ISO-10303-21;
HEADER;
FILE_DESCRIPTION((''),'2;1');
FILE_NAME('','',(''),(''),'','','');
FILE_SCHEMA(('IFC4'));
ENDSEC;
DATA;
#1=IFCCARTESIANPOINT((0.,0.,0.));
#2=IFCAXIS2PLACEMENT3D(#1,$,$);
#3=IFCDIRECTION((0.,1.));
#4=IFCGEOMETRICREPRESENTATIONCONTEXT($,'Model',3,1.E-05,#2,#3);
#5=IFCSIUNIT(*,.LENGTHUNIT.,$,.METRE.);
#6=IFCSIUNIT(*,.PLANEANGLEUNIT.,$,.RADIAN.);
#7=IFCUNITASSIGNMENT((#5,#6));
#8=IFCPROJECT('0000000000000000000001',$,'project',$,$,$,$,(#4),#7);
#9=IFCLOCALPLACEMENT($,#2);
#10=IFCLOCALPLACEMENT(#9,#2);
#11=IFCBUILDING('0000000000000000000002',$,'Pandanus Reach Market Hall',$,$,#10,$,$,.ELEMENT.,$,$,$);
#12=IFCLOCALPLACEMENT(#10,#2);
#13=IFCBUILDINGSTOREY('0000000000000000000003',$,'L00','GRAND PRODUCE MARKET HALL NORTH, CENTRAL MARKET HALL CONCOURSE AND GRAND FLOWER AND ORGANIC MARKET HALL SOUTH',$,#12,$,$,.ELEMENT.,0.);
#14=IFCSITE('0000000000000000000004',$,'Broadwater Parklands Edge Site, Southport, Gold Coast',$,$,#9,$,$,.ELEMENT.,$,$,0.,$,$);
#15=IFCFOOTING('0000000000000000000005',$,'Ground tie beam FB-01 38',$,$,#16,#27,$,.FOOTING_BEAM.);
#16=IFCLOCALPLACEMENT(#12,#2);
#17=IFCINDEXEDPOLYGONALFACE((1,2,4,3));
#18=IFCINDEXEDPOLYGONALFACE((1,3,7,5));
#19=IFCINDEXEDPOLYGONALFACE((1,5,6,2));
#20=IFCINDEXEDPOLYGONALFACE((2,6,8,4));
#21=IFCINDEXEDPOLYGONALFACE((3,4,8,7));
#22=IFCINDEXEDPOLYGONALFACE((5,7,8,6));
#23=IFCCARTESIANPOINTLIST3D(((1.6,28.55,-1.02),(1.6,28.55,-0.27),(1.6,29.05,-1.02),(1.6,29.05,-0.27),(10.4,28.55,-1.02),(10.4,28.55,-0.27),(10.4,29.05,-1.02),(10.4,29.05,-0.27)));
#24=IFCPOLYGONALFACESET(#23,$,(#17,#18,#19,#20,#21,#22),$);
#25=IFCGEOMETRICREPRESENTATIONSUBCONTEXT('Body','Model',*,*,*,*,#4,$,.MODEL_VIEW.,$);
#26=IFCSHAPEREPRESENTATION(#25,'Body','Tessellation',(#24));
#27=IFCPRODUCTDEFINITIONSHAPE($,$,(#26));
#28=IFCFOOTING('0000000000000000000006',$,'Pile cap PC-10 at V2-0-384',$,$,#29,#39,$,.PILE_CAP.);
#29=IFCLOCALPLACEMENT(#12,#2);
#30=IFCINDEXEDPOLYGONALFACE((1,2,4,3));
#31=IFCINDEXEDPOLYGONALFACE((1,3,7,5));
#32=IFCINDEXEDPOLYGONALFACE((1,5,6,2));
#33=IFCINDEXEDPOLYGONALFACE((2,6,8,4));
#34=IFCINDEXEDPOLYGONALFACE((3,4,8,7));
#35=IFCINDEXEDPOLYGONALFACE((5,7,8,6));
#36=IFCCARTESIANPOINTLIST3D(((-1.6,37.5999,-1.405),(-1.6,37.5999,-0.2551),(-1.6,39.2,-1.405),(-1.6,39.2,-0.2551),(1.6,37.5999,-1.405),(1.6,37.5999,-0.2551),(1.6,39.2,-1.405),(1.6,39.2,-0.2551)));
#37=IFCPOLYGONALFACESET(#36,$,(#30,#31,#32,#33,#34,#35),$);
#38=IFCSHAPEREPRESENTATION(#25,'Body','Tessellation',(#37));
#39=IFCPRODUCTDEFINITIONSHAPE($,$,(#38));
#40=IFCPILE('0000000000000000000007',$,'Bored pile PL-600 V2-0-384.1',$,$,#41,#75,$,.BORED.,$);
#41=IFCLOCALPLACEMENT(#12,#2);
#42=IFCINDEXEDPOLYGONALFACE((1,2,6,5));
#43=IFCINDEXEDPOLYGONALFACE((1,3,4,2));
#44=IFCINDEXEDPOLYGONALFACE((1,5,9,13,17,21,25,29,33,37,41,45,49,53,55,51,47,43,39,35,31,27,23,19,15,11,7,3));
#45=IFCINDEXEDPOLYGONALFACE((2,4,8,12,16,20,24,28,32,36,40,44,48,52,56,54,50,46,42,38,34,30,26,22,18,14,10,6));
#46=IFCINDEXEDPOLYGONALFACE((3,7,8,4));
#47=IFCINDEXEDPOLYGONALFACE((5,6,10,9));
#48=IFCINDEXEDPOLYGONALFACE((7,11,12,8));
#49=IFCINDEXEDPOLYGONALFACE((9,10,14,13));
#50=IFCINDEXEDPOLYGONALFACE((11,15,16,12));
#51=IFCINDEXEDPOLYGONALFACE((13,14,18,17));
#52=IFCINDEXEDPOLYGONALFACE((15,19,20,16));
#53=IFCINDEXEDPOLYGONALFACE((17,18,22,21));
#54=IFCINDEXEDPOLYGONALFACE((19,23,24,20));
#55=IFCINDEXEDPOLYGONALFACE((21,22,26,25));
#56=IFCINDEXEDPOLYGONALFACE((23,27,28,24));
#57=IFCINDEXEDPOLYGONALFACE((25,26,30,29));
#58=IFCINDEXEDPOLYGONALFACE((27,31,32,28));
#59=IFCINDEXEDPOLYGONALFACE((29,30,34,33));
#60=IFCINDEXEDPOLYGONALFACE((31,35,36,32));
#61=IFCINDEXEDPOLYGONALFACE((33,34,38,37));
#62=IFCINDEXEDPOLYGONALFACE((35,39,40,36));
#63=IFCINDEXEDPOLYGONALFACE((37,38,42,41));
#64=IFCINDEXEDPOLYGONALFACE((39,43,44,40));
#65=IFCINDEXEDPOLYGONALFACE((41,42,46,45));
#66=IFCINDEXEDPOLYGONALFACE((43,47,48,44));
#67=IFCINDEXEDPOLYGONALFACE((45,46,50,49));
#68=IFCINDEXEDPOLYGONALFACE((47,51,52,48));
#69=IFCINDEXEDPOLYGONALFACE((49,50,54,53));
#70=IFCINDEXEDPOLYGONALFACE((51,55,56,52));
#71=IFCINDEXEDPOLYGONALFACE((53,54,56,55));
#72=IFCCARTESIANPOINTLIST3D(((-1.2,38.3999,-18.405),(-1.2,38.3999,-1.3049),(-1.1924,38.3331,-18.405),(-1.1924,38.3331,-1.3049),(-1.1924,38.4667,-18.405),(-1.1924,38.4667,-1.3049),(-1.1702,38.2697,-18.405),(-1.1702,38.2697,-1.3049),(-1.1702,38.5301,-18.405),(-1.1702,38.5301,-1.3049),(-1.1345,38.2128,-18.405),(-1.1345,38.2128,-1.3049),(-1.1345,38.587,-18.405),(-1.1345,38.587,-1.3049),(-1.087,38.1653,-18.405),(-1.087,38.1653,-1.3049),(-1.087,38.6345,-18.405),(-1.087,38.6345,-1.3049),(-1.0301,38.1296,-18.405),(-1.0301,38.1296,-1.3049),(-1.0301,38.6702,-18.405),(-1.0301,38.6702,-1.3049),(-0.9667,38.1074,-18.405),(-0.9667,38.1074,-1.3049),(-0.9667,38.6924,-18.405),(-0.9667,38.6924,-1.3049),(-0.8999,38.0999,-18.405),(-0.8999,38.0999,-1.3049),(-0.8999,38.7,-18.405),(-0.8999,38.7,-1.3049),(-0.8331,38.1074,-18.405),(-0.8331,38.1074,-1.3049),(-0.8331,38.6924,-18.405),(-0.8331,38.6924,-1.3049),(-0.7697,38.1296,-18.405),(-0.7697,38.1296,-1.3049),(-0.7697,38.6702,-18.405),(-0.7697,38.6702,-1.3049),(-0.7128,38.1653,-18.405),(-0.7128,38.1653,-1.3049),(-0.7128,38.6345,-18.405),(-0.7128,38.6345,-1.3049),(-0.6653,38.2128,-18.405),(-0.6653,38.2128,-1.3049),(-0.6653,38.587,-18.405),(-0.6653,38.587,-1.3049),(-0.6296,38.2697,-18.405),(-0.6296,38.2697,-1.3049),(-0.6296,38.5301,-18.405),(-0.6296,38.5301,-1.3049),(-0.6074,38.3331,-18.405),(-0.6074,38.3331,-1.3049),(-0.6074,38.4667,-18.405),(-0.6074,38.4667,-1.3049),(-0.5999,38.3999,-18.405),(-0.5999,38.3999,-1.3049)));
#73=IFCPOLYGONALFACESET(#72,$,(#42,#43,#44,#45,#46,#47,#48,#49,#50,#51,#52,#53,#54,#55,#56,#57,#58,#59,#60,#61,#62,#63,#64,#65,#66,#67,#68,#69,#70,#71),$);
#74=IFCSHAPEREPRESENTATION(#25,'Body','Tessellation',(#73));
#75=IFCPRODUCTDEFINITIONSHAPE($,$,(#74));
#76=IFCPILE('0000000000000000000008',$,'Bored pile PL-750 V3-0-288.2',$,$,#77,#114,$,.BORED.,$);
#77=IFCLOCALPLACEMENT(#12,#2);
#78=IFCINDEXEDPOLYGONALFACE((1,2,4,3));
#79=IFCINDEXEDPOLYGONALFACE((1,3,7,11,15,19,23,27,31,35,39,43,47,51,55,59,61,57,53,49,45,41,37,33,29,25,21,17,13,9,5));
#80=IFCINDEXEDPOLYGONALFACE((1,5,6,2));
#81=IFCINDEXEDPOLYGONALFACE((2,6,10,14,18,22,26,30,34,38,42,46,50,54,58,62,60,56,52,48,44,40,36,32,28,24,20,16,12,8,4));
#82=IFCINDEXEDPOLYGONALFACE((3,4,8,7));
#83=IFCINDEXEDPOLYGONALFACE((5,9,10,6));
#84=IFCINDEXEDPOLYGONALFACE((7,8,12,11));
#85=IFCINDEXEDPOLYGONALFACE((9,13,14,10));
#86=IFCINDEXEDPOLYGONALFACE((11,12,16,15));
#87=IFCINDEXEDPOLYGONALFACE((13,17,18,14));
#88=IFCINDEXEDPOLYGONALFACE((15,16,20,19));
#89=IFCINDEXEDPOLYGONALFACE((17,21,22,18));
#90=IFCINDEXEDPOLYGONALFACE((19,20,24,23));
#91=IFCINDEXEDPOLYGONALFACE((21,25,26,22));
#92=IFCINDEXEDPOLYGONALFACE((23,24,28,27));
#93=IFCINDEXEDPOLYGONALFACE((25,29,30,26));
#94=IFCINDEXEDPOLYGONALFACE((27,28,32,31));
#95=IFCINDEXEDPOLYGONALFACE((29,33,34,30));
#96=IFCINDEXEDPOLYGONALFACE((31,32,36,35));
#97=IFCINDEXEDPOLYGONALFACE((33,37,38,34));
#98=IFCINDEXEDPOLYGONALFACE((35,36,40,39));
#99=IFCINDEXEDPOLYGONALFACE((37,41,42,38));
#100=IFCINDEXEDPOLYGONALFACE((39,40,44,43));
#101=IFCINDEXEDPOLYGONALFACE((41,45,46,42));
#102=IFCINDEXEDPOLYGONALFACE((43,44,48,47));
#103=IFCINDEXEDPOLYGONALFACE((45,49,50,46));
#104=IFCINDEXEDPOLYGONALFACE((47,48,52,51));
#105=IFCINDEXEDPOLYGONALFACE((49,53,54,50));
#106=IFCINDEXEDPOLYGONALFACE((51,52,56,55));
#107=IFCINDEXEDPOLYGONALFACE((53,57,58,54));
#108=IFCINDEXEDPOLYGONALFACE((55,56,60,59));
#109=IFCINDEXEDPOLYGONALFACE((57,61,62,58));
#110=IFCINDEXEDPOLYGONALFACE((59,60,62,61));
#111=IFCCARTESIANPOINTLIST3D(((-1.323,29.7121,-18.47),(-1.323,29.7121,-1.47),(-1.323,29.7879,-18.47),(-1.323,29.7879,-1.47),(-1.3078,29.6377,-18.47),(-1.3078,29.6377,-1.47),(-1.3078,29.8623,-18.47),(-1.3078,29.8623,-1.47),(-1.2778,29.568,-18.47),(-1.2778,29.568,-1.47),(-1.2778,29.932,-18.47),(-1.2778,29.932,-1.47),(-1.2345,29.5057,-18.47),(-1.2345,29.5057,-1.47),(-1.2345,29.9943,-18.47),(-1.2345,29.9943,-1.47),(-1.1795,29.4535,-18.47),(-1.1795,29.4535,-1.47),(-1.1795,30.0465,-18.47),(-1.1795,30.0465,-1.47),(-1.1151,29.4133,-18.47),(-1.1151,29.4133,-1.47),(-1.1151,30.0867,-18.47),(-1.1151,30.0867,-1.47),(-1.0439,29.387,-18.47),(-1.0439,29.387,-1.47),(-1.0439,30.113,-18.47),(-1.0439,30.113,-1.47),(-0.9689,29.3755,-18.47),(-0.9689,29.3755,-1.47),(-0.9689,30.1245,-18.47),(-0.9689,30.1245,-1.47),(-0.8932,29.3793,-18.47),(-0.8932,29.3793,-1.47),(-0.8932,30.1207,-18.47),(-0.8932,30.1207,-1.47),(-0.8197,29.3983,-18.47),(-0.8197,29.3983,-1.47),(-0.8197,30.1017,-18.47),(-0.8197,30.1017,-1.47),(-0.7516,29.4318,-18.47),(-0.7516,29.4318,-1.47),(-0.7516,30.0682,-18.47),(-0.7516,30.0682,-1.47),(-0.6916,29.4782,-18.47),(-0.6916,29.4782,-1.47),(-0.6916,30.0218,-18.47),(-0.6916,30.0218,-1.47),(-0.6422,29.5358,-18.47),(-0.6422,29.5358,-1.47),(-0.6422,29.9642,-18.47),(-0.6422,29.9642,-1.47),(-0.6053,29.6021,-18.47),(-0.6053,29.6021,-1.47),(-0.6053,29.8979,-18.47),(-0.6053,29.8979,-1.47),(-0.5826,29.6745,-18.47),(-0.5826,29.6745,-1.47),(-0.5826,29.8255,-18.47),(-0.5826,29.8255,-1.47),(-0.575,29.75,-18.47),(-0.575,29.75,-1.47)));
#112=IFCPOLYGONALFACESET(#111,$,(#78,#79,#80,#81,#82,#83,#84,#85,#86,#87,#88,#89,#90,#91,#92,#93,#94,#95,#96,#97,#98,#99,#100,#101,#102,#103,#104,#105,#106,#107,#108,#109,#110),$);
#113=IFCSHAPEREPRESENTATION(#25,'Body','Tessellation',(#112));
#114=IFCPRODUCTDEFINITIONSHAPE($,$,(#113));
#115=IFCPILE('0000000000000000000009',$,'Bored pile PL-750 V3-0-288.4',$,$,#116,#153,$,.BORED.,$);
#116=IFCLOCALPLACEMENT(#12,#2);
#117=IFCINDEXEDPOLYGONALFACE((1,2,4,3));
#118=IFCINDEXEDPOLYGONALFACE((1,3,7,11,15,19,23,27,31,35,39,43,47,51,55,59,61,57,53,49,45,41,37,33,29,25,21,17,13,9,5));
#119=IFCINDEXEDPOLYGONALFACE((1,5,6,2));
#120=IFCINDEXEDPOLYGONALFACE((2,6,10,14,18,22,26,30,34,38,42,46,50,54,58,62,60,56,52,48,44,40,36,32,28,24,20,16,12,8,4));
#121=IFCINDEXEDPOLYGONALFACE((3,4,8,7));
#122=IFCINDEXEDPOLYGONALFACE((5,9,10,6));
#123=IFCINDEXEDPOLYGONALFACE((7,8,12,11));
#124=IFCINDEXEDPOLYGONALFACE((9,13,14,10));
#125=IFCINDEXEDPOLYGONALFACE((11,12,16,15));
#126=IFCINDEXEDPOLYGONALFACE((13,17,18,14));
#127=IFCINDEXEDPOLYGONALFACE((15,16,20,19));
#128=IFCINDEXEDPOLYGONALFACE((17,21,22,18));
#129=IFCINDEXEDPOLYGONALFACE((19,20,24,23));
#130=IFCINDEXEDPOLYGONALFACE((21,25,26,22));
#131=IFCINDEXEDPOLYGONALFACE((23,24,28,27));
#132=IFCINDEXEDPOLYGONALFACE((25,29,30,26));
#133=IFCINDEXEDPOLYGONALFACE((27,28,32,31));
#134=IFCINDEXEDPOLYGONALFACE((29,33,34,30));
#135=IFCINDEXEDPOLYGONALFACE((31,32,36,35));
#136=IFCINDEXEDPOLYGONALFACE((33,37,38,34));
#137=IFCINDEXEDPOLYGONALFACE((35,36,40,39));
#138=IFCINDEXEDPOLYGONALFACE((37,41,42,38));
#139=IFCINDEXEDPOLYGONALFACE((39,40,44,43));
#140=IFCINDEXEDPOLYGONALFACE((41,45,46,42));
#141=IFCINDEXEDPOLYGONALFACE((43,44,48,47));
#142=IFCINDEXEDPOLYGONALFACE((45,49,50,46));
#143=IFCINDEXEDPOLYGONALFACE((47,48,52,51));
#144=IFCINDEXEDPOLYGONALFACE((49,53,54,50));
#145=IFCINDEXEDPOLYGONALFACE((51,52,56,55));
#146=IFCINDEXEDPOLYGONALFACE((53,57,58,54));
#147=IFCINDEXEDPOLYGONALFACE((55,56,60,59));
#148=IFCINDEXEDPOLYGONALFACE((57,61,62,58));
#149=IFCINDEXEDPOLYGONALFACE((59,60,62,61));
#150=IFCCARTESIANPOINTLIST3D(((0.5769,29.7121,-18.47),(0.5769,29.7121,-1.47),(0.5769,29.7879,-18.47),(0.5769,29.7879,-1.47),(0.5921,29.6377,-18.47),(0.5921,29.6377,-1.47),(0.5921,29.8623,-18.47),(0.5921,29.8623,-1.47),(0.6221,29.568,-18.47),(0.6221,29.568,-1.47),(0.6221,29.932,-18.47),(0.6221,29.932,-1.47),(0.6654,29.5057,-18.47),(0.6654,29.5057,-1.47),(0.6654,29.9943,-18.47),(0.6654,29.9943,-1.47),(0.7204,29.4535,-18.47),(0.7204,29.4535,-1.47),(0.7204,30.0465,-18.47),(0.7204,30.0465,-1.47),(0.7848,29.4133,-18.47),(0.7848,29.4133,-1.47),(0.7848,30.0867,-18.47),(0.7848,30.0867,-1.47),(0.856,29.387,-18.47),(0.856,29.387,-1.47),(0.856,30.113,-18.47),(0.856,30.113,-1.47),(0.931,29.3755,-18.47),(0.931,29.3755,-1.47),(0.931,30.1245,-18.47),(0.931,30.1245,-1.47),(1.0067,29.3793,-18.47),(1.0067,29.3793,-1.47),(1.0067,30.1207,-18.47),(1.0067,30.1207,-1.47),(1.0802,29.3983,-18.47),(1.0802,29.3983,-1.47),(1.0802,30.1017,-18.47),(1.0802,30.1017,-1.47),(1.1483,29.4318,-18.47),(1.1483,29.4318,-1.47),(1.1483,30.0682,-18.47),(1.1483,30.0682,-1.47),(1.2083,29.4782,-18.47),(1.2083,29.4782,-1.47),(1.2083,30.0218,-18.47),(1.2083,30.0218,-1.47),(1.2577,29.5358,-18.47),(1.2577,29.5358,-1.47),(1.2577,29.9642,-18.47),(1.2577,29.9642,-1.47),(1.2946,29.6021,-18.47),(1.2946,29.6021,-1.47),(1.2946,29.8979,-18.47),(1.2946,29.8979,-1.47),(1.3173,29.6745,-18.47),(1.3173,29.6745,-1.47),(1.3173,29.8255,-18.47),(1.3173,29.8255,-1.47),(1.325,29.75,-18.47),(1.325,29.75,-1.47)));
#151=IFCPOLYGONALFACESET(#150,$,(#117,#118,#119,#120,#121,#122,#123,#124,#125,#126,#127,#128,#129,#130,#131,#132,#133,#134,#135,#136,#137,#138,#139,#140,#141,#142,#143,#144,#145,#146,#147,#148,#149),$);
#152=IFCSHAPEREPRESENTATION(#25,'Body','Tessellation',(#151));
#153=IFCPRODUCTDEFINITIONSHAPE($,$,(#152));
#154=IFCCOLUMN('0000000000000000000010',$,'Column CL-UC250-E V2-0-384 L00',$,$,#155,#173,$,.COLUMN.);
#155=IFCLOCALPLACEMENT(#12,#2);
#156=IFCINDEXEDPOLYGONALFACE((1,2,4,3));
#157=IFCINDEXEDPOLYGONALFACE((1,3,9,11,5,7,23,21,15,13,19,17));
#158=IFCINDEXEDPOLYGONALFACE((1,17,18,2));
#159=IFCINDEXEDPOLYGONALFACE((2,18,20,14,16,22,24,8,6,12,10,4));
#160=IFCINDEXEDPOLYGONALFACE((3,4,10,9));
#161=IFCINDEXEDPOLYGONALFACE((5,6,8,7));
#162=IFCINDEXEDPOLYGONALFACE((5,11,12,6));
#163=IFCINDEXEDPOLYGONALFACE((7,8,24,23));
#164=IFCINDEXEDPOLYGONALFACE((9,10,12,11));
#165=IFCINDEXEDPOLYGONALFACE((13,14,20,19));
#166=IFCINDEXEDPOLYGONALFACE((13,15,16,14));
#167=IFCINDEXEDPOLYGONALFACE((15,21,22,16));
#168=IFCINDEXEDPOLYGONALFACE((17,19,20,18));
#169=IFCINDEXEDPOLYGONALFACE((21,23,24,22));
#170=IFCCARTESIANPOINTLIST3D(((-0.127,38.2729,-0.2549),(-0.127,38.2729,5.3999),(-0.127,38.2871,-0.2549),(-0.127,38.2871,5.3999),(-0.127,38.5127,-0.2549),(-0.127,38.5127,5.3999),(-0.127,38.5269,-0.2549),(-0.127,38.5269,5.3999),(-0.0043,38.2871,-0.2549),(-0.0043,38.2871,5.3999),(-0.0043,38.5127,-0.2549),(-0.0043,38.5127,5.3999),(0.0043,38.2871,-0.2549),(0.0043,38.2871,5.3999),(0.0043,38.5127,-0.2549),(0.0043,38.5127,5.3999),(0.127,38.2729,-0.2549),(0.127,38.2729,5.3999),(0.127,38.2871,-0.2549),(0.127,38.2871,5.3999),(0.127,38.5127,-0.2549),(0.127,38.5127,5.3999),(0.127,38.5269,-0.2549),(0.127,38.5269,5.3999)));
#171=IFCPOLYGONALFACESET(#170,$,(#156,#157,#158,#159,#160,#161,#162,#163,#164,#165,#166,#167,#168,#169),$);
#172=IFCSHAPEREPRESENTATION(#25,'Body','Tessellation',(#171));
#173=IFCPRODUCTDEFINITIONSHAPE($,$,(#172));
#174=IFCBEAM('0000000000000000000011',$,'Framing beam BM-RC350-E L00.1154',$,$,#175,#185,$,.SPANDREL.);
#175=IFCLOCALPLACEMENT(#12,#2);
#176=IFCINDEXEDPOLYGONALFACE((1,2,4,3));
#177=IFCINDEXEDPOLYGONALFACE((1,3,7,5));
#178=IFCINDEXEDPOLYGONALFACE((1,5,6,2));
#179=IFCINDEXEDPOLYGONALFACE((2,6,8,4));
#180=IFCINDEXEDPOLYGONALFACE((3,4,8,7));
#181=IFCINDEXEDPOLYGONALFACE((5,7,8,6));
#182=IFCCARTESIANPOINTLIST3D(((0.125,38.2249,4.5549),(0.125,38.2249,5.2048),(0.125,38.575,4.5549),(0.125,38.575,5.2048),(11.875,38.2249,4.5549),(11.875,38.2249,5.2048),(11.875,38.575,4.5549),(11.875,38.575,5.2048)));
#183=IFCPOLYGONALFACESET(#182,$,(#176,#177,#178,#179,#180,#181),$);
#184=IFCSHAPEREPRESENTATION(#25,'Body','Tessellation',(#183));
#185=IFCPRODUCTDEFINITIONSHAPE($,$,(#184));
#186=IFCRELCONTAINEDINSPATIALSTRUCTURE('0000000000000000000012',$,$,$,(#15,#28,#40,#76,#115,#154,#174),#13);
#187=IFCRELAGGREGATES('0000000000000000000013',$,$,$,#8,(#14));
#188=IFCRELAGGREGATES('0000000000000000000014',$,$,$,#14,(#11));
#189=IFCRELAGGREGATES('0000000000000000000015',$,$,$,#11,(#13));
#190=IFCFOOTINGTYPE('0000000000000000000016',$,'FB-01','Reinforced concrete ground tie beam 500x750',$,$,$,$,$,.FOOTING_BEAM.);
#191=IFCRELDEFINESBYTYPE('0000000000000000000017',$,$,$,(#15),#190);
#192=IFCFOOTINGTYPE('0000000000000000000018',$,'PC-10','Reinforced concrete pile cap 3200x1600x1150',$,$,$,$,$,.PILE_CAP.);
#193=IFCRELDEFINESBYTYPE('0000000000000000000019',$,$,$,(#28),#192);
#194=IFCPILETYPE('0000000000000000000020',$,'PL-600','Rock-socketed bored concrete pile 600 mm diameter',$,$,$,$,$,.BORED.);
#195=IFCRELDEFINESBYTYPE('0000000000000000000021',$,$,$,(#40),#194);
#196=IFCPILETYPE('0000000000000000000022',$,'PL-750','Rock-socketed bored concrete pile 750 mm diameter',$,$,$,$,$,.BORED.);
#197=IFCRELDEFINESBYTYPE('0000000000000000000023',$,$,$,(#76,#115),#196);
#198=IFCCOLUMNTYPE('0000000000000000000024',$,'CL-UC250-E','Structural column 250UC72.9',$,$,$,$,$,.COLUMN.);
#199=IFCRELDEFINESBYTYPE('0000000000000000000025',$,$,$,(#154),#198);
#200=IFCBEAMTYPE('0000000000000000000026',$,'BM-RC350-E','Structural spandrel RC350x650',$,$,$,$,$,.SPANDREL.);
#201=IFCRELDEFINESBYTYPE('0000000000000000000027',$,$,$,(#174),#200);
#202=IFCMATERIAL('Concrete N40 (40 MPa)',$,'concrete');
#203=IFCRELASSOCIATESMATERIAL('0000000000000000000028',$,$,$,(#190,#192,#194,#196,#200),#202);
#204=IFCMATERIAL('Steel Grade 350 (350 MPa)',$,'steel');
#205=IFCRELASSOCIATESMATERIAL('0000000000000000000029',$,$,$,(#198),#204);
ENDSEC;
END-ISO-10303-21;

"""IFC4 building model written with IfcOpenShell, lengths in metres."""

from ifc_helpers import new_model, si_unit, direction, frame, origin, origin_2d, place, context, subcontext, project, spatial, rectangle, circle, i_section, extrude, material, material_profile, profile_set, type_object, element, save


model = new_model("IFC4")

# Units and contexts
model_context = context("Model", 3, precision=1e-05, world=origin(), true_north=direction((0.0, 1.0)))
body_context = subcontext(model_context, "Body", "Model", "MODEL_VIEW")
ifc_project = project(units=[si_unit("LENGTHUNIT", "METRE"), si_unit("PLANEANGLEUNIT", "RADIAN")], contexts=[model_context])

# Site, building, storey
site_placement = place(None, origin())
site = spatial("IfcSite", under=ifc_project, at=site_placement, Name="Broadwater Parklands Edge Site, Southport, Gold Coast", CompositionType="ELEMENT", RefElevation=0.0)
building_placement = place(site_placement, origin())
building = spatial("IfcBuilding", under=site, at=building_placement, Name="Pandanus Reach Market Hall", CompositionType="ELEMENT")
storey_placement = place(building_placement, origin())
storey = spatial("IfcBuildingStorey", under=building, at=storey_placement, Name="L00", Description="GRAND PRODUCE MARKET HALL NORTH, CENTRAL MARKET HALL CONCOURSE AND GRAND FLOWER AND ORGANIC MARKET HALL SOUTH", CompositionType="ELEMENT", Elevation=0.0)

# Footings
ifc_material_1 = material(Name="Concrete N40 (40 MPa)", Category="concrete")
footing_type_1 = type_object("IfcFootingType", Name="FB-01", Description="Reinforced concrete ground tie beam 500x750", PredefinedType="FOOTING_BEAM", material=ifc_material_1)
footing_1_placement = place(storey_placement, frame((6.0, 28.8, -1.02), z_axis=(0.0, 0.0, 1.0), x_axis=(1.0, 0.0, 0.0)))
element("IfcFooting", 1, at=footing_1_placement, inside=storey, type_object=footing_type_1, Name="Ground tie beam FB-01 38", PredefinedType="FOOTING_BEAM", context=body_context, shape_type="SweptSolid", body=[
    extrude(rectangle(XDim=8.8, YDim=0.5, at=origin_2d()), origin(), (0.0, 0.0, 1.0), 0.75),
])
footing_type_2 = type_object("IfcFootingType", Name="PC-10", Description="Reinforced concrete pile cap 3200x1600x1150", PredefinedType="PILE_CAP", material=ifc_material_1)
footing_2_placement = place(storey_placement, frame((0.0, 38.3999, -1.405), z_axis=(0.0, 0.0, 1.0), x_axis=(1.0, 0.0, 0.0)))
element("IfcFooting", 2, at=footing_2_placement, inside=storey, type_object=footing_type_2, Name="Pile cap PC-10 at V2-0-384", PredefinedType="PILE_CAP", context=body_context, shape_type="SweptSolid", body=[
    extrude(rectangle(XDim=3.2, YDim=1.6001, at=origin_2d()), origin(), (0.0, 0.0, 1.0), 1.1499),
])

# Piles
ifc_material_profile_1 = material_profile(ifc_material_1, circle(Radius=0.3, at=origin_2d()), Name="PILE-600D", Category="LoadBearing")
ifc_profile_set_1 = profile_set([ifc_material_profile_1], Name="Concrete N40 (40 MPa)")
pile_type_1 = type_object("IfcPileType", Name="PL-600", Description="Rock-socketed bored concrete pile 600 mm diameter", PredefinedType="BORED", material=ifc_profile_set_1)
pile_placement = place(storey_placement, frame((-0.8999, 38.3999, -1.3049), z_axis=(0.0, 0.0, -1.0), x_axis=(1.0, 0.0, 0.0)))
element("IfcPile", 3, at=pile_placement, inside=storey, type_object=pile_type_1, Name="Bored pile PL-600 V2-0-384.1", PredefinedType="BORED", context=body_context, shape_type="SweptSolid", body=[
    extrude(circle(Radius=0.3, at=origin_2d()), origin(), (0.0, 0.0, 1.0), 17.1001),
])
ifc_material_profile_2 = material_profile(ifc_material_1, circle(Radius=0.375, at=origin_2d()), Name="PILE-750D", Category="LoadBearing")
ifc_profile_set_2 = profile_set([ifc_material_profile_2], Name="Concrete N40 (40 MPa)")
pile_type_2 = type_object("IfcPileType", Name="PL-750", Description="Rock-socketed bored concrete pile 750 mm diameter", PredefinedType="BORED", material=ifc_profile_set_2)
for number, where, z_axis, x_axis, name in (
    (4, (-0.95, 29.75, -1.47), (0.0, 0.0, -1.0), (1.0, 0.0, 0.0), "Bored pile PL-750 V3-0-288.2"),
    (5, (0.95, 29.75, -1.47), (0.0, 0.0, -1.0), (1.0, 0.0, 0.0), "Bored pile PL-750 V3-0-288.4"),
):
    element("IfcPile", number, at=place(storey_placement, frame(where, z_axis=z_axis, x_axis=x_axis)), inside=storey, type_object=pile_type_2, Name=name, PredefinedType="BORED", context=body_context, shape_type="SweptSolid", body=[
        extrude(circle(Radius=0.375, at=origin_2d()), origin(), (0.0, 0.0, 1.0), 17.0),
    ])

# Column
ifc_material_2 = material(Name="Steel Grade 350 (350 MPa)", Category="steel")
ifc_material_profile_3 = material_profile(ifc_material_2, i_section(OverallWidth=0.2539, OverallDepth=0.2539, WebThickness=0.0085, FlangeThickness=0.0142, at=origin_2d()), Name="250UC72.9", Category="LoadBearing")
ifc_profile_set_3 = profile_set([ifc_material_profile_3], Name="Steel Grade 350 (350 MPa)")
column_type = type_object("IfcColumnType", Name="CL-UC250-E", Description="Structural column 250UC72.9", PredefinedType="COLUMN", material=ifc_profile_set_3)
column_placement = place(storey_placement, frame((0.0, 38.3999, -0.2549), z_axis=(0.0, 0.0, 1.0), x_axis=(1.0, 0.0, 0.0)))
element("IfcColumn", 6, at=column_placement, inside=storey, type_object=column_type, Name="Column CL-UC250-E V2-0-384 L00", PredefinedType="COLUMN", context=body_context, shape_type="SweptSolid", body=[
    extrude(i_section(OverallWidth=0.2539, OverallDepth=0.2539, WebThickness=0.0085, FlangeThickness=0.0142, at=origin_2d()), origin(), (0.0, 0.0, 1.0), 5.6548),
])

# Beam
ifc_material_profile_4 = material_profile(ifc_material_1, rectangle(XDim=0.3501, YDim=0.6499, at=origin_2d()), Name="RC350x650", Category="LoadBearing")
ifc_profile_set_4 = profile_set([ifc_material_profile_4], Name="Concrete N40 (40 MPa)")
beam_type = type_object("IfcBeamType", Name="BM-RC350-E", Description="Structural spandrel RC350x650", PredefinedType="SPANDREL", material=ifc_profile_set_4)
beam_placement = place(storey_placement, frame((0.125, 38.3999, 4.8799), z_axis=(1.0, 0.0, 0.0), x_axis=(0.0, 1.0, 0.0)))
element("IfcBeam", 7, at=beam_placement, inside=storey, type_object=beam_type, Name="Framing beam BM-RC350-E L00.1154", PredefinedType="SPANDREL", context=body_context, shape_type="SweptSolid", body=[
    extrude(rectangle(XDim=0.3501, YDim=0.6499, at=origin_2d()), origin(), (0.0, 0.0, 1.0), 11.75),
])

save(model, "model.ifc")
